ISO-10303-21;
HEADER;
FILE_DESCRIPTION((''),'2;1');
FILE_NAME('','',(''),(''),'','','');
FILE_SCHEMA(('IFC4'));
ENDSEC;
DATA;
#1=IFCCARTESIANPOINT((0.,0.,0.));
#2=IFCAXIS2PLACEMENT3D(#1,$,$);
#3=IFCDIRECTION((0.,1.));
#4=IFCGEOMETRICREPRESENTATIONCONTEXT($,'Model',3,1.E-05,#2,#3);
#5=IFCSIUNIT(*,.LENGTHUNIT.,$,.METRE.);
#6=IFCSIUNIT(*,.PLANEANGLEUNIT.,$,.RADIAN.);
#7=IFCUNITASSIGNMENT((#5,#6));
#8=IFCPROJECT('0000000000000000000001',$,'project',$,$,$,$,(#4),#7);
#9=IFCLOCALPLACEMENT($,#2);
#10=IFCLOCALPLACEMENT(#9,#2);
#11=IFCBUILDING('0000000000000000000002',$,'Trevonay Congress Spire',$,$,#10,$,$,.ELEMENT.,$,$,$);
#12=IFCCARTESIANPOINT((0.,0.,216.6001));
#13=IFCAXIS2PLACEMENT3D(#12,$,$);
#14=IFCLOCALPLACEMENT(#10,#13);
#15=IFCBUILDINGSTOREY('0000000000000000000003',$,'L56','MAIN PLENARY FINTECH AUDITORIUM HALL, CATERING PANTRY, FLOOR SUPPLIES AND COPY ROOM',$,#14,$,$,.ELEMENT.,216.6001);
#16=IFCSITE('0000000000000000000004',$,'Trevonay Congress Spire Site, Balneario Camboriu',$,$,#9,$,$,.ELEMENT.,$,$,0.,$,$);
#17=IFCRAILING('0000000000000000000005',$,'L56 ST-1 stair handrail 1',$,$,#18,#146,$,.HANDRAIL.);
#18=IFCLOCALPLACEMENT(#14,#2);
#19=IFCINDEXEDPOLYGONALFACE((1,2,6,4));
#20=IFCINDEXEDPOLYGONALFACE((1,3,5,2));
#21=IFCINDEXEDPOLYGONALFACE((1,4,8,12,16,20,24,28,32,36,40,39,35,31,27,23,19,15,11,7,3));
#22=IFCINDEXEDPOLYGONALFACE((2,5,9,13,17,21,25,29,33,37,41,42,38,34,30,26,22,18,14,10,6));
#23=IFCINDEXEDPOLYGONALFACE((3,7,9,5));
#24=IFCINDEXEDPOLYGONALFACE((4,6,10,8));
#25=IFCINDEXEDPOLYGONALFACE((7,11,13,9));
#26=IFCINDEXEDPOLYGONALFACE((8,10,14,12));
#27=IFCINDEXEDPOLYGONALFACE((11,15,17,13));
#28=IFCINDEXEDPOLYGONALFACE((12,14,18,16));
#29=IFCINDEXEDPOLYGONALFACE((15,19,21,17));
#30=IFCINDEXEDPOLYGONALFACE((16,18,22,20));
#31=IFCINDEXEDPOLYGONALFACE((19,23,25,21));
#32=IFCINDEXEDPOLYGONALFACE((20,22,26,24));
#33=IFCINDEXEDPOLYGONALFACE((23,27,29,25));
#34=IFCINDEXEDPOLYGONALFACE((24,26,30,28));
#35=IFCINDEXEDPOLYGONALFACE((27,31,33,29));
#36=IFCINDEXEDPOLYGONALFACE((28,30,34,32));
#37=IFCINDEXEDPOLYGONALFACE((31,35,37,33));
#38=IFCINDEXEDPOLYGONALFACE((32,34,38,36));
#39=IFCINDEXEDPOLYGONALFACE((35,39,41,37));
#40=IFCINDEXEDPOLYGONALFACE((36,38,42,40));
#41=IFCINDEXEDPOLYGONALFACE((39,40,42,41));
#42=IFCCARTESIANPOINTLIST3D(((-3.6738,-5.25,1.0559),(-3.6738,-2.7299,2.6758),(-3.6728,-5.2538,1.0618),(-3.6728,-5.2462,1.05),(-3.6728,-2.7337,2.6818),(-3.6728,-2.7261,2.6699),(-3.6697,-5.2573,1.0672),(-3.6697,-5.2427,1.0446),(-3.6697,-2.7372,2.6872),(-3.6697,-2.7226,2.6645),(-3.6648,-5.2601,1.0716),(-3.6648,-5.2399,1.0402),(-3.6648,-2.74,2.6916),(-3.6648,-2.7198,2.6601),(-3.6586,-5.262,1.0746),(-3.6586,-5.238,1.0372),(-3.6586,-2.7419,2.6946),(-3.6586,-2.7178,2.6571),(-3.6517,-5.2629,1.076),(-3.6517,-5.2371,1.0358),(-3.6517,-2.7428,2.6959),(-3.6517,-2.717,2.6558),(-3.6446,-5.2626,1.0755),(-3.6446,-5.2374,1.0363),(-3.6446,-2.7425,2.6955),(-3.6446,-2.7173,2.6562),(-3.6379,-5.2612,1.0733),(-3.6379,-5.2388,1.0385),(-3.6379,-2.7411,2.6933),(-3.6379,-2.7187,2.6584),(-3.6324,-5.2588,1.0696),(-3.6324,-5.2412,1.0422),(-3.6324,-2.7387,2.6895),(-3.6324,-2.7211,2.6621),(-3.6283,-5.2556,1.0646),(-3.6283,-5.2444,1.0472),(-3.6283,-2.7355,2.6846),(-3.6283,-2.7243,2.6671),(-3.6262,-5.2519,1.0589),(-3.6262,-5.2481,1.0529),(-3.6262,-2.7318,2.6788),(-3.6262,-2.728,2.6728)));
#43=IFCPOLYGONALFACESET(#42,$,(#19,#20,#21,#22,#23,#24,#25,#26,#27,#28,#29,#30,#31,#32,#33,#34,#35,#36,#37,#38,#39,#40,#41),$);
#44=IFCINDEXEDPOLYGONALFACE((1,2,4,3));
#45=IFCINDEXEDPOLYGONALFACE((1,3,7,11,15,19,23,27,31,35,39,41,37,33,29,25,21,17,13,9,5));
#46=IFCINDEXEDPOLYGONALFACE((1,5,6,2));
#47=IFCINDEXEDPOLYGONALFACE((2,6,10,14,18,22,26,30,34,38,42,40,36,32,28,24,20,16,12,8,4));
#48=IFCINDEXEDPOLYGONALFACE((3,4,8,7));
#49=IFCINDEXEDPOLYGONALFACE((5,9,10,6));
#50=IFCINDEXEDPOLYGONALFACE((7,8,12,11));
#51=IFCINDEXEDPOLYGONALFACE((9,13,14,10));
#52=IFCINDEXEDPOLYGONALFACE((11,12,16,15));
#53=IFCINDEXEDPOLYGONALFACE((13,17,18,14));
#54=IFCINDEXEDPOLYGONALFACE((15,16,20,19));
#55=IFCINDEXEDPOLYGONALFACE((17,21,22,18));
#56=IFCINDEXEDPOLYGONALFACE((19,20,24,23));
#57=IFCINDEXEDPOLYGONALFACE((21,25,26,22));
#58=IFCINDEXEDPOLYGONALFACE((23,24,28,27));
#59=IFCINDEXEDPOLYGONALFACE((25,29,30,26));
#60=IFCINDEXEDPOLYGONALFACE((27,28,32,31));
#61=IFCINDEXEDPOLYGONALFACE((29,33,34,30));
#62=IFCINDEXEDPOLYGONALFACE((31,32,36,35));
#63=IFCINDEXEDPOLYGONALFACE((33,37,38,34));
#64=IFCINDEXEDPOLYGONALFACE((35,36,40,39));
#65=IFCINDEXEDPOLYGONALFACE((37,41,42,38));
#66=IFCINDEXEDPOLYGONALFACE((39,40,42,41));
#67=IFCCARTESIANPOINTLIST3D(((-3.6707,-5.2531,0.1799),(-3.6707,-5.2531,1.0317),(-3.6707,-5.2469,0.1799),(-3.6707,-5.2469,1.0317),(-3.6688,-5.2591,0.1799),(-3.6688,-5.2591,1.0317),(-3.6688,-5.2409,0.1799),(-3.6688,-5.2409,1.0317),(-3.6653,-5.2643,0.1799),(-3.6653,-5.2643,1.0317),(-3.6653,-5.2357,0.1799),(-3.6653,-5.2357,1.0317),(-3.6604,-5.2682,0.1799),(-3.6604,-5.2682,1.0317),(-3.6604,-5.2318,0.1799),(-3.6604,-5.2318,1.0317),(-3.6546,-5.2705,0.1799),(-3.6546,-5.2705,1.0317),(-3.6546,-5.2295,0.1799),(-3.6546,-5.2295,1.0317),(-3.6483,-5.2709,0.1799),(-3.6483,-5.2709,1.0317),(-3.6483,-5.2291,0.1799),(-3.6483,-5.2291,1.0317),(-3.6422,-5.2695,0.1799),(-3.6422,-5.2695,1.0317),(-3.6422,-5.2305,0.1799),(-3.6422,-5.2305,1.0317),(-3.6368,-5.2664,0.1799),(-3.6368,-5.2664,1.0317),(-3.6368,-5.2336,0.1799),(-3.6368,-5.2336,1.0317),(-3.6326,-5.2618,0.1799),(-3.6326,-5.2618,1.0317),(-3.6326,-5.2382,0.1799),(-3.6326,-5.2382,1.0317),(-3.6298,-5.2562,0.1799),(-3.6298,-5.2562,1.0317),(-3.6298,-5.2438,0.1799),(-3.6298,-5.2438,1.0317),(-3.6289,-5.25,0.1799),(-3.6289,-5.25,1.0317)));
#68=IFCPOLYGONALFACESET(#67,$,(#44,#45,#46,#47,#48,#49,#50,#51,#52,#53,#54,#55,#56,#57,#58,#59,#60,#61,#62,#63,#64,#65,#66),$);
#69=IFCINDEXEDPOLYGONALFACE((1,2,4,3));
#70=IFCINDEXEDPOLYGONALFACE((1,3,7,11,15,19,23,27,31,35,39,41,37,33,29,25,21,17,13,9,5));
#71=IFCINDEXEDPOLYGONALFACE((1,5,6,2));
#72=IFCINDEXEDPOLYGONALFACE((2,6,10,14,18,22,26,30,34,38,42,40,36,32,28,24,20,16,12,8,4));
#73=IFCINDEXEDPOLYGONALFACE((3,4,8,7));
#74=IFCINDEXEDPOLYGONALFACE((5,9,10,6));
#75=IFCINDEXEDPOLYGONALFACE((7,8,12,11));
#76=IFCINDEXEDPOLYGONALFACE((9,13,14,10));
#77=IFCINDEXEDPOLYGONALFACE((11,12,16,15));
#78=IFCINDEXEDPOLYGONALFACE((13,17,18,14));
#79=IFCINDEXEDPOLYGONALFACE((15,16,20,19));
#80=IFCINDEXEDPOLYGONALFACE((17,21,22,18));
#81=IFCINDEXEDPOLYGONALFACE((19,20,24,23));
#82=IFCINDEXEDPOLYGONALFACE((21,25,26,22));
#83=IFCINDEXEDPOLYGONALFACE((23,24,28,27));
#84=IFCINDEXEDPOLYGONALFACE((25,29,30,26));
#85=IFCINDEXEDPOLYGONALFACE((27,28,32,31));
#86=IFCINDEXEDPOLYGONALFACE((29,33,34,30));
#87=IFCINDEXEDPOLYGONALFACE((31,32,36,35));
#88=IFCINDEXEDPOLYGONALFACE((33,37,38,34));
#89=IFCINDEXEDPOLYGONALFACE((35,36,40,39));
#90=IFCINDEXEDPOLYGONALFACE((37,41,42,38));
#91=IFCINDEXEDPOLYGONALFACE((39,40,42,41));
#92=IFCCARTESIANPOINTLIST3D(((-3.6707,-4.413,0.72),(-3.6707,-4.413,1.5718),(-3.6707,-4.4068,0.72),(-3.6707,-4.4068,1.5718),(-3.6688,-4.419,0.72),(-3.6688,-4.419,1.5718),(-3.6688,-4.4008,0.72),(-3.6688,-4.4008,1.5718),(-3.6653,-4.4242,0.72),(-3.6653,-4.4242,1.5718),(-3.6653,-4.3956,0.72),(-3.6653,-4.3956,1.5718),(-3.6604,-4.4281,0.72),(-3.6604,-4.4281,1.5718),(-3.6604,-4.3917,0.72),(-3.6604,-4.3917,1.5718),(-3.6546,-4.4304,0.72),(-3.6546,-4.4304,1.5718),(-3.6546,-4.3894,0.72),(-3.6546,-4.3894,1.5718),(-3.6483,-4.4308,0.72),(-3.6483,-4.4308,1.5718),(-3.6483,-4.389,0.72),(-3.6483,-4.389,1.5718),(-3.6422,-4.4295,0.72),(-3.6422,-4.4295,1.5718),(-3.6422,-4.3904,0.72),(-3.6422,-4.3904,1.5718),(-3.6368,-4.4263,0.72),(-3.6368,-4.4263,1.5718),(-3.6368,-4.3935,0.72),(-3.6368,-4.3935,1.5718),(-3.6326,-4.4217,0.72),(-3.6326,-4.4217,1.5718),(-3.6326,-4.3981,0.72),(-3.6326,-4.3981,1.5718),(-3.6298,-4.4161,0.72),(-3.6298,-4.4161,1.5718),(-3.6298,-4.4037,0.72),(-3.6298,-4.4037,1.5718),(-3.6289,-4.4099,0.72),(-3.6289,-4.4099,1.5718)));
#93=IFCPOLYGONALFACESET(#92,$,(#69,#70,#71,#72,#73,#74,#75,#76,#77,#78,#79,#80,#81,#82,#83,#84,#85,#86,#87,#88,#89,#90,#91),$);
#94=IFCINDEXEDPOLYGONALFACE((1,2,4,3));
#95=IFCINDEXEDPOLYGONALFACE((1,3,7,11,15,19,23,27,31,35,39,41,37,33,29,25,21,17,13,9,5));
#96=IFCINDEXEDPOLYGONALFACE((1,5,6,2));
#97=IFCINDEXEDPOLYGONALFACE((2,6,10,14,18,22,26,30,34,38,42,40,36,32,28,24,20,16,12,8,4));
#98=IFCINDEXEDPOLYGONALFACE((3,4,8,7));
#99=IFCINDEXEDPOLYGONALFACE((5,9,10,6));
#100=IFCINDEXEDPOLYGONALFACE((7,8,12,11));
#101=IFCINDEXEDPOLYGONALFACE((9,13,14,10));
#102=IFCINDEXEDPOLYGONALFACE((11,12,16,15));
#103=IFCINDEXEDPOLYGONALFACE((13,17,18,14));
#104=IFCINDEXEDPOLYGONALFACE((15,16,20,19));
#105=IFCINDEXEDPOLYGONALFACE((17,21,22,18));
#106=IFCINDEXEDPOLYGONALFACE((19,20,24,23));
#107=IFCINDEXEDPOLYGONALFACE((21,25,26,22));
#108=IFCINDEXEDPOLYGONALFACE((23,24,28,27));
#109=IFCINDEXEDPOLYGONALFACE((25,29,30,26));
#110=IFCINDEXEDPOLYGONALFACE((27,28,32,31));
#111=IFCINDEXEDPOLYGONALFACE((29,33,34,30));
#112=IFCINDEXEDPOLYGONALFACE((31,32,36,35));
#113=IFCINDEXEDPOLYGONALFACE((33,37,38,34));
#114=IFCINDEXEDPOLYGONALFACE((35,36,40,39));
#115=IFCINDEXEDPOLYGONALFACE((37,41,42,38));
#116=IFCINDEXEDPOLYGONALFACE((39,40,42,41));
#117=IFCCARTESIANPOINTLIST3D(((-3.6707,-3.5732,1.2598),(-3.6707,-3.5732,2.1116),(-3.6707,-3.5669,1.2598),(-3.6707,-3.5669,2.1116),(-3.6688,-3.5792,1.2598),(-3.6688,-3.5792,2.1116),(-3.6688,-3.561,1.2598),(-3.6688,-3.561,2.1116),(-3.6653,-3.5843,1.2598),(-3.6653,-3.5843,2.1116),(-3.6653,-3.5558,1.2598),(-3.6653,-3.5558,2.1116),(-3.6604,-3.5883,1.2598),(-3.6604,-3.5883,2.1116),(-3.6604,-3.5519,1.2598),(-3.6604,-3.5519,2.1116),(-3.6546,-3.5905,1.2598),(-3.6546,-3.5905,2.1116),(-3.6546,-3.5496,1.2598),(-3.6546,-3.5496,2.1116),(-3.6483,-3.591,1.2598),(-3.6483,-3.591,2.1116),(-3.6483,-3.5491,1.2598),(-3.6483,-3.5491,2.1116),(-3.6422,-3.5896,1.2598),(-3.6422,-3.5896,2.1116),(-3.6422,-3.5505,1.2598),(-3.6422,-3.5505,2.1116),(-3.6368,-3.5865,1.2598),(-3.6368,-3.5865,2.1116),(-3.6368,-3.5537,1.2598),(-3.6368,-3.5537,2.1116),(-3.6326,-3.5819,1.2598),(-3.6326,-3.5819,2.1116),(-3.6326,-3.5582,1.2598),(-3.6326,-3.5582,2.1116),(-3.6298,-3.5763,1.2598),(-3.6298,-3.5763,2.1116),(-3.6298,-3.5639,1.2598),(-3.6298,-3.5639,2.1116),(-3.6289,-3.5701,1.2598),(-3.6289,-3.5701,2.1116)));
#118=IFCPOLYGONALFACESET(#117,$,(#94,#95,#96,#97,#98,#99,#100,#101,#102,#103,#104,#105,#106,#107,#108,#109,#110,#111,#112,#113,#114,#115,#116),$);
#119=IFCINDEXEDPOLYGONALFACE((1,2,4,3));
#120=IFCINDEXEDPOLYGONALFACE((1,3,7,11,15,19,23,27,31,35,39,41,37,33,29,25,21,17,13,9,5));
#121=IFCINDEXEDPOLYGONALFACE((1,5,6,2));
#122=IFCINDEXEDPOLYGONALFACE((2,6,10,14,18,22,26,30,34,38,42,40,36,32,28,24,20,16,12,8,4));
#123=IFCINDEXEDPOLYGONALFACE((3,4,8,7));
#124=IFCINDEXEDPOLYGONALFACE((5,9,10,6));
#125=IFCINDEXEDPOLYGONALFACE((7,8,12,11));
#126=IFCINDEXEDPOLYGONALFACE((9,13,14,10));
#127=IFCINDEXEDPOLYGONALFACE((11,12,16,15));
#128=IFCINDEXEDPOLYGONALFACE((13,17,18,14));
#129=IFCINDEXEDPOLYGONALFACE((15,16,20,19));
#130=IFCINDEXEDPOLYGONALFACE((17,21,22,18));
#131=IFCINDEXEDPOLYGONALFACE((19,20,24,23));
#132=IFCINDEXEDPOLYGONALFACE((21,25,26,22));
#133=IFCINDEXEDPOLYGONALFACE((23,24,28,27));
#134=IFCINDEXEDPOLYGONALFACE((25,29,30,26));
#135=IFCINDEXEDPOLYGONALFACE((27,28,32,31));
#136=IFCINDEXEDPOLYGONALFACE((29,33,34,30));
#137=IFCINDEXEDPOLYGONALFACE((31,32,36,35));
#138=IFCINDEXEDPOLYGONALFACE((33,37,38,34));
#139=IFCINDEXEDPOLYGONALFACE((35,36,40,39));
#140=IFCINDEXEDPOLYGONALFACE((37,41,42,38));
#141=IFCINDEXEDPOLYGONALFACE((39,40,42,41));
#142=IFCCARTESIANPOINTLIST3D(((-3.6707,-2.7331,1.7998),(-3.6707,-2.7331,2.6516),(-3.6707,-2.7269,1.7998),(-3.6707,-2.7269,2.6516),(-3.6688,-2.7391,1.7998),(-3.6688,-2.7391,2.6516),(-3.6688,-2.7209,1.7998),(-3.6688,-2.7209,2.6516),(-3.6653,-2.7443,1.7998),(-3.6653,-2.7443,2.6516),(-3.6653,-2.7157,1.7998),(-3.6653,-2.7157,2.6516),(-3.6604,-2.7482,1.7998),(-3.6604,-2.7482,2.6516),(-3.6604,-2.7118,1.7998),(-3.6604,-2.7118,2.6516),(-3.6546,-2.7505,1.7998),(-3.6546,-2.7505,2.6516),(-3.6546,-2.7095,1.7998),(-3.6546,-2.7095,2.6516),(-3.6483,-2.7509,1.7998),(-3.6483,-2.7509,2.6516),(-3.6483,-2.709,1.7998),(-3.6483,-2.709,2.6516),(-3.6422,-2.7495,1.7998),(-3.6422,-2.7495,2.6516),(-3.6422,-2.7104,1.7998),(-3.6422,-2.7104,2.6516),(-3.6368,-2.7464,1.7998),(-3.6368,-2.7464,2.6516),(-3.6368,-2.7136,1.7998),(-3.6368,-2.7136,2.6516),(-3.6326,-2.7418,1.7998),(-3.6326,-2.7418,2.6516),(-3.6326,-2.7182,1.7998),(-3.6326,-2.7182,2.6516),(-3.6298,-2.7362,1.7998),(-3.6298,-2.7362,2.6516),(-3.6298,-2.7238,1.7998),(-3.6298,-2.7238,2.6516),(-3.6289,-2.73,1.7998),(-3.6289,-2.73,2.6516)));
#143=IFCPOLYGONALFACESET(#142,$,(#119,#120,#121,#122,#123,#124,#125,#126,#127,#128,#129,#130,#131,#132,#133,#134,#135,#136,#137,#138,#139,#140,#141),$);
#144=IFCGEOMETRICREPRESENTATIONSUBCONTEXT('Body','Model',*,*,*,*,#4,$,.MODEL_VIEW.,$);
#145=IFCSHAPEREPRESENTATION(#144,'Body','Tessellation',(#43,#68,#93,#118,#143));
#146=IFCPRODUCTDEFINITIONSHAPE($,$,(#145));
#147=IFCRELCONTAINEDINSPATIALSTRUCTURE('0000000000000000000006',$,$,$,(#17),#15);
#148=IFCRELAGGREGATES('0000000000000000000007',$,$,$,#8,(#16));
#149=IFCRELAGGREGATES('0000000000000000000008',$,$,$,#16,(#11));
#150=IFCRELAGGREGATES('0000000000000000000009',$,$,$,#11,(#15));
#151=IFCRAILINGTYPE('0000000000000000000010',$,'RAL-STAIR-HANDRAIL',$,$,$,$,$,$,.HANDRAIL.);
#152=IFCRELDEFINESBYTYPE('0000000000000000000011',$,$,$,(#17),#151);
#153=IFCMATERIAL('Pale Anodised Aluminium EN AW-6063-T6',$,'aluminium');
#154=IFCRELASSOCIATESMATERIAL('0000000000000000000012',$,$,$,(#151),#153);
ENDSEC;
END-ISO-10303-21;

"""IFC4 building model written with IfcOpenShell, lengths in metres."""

from ifc_helpers import new_model, si_unit, direction, frame, origin, origin_2d, place, context, subcontext, project, spatial, circle, extrude, material, type_object, element, save


model = new_model("IFC4")

# Units and contexts
model_context = context("Model", 3, precision=1e-05, world=origin(), true_north=direction((0.0, 1.0)))
body_context = subcontext(model_context, "Body", "Model", "MODEL_VIEW")
ifc_project = project(units=[si_unit("LENGTHUNIT", "METRE"), si_unit("PLANEANGLEUNIT", "RADIAN")], contexts=[model_context])

# Site, building, storey
site_placement = place(None, origin())
site = spatial("IfcSite", under=ifc_project, at=site_placement, Name="Trevonay Congress Spire Site, Balneario Camboriu", CompositionType="ELEMENT", RefElevation=0.0)
building_placement = place(site_placement, origin())
building = spatial("IfcBuilding", under=site, at=building_placement, Name="Trevonay Congress Spire", CompositionType="ELEMENT")
storey_placement = place(building_placement, frame((0.0, 0.0, 216.6001)))
storey = spatial("IfcBuildingStorey", under=building, at=storey_placement, Name="L56", Description="MAIN PLENARY FINTECH AUDITORIUM HALL, CATERING PANTRY, FLOOR SUPPLIES AND COPY ROOM", CompositionType="ELEMENT", Elevation=216.6001)

# Shared definitions
ifc_material_1 = material(Name="Pale Anodised Aluminium EN AW-6063-T6", Category="aluminium")

# Railing
railing_type_1 = type_object("IfcRailingType", Name="RAL-STAIR-HANDRAIL", PredefinedType="HANDRAIL", material=ifc_material_1)
railing_1_placement = place(storey_placement, frame((-3.6499, -5.25, 0.1799)))
element("IfcRailing", 1, at=railing_1_placement, inside=storey, type_object=railing_type_1, Name="L56 ST-1 stair handrail 1", PredefinedType="HANDRAIL", context=body_context, shape_type="SweptSolid", body=[
    extrude(circle(Radius=0.0239, at=origin_2d()), frame((0.0, 0.0, 0.876), z_axis=(0.0, 0.8412, 0.540725), x_axis=(-1.0, 0.0, 0.0)), (0.0, 0.0, 1.0), 2.9958),
    extrude(circle(Radius=0.021, at=origin_2d()), origin(), (0.0, 0.0, 1.0), 0.8518),
    extrude(circle(Radius=0.021, at=origin_2d()), frame((0.0, 0.8401, 0.54)), (0.0, 0.0, 1.0), 0.8518),
    extrude(circle(Radius=0.021, at=origin_2d()), frame((0.0, 1.6799, 1.0798)), (0.0, 0.0, 1.0), 0.8518),
    extrude(circle(Radius=0.021, at=origin_2d()), frame((0.0, 2.52, 1.6199)), (0.0, 0.0, 1.0), 0.8518),
])

save(model, "model.ifc")
